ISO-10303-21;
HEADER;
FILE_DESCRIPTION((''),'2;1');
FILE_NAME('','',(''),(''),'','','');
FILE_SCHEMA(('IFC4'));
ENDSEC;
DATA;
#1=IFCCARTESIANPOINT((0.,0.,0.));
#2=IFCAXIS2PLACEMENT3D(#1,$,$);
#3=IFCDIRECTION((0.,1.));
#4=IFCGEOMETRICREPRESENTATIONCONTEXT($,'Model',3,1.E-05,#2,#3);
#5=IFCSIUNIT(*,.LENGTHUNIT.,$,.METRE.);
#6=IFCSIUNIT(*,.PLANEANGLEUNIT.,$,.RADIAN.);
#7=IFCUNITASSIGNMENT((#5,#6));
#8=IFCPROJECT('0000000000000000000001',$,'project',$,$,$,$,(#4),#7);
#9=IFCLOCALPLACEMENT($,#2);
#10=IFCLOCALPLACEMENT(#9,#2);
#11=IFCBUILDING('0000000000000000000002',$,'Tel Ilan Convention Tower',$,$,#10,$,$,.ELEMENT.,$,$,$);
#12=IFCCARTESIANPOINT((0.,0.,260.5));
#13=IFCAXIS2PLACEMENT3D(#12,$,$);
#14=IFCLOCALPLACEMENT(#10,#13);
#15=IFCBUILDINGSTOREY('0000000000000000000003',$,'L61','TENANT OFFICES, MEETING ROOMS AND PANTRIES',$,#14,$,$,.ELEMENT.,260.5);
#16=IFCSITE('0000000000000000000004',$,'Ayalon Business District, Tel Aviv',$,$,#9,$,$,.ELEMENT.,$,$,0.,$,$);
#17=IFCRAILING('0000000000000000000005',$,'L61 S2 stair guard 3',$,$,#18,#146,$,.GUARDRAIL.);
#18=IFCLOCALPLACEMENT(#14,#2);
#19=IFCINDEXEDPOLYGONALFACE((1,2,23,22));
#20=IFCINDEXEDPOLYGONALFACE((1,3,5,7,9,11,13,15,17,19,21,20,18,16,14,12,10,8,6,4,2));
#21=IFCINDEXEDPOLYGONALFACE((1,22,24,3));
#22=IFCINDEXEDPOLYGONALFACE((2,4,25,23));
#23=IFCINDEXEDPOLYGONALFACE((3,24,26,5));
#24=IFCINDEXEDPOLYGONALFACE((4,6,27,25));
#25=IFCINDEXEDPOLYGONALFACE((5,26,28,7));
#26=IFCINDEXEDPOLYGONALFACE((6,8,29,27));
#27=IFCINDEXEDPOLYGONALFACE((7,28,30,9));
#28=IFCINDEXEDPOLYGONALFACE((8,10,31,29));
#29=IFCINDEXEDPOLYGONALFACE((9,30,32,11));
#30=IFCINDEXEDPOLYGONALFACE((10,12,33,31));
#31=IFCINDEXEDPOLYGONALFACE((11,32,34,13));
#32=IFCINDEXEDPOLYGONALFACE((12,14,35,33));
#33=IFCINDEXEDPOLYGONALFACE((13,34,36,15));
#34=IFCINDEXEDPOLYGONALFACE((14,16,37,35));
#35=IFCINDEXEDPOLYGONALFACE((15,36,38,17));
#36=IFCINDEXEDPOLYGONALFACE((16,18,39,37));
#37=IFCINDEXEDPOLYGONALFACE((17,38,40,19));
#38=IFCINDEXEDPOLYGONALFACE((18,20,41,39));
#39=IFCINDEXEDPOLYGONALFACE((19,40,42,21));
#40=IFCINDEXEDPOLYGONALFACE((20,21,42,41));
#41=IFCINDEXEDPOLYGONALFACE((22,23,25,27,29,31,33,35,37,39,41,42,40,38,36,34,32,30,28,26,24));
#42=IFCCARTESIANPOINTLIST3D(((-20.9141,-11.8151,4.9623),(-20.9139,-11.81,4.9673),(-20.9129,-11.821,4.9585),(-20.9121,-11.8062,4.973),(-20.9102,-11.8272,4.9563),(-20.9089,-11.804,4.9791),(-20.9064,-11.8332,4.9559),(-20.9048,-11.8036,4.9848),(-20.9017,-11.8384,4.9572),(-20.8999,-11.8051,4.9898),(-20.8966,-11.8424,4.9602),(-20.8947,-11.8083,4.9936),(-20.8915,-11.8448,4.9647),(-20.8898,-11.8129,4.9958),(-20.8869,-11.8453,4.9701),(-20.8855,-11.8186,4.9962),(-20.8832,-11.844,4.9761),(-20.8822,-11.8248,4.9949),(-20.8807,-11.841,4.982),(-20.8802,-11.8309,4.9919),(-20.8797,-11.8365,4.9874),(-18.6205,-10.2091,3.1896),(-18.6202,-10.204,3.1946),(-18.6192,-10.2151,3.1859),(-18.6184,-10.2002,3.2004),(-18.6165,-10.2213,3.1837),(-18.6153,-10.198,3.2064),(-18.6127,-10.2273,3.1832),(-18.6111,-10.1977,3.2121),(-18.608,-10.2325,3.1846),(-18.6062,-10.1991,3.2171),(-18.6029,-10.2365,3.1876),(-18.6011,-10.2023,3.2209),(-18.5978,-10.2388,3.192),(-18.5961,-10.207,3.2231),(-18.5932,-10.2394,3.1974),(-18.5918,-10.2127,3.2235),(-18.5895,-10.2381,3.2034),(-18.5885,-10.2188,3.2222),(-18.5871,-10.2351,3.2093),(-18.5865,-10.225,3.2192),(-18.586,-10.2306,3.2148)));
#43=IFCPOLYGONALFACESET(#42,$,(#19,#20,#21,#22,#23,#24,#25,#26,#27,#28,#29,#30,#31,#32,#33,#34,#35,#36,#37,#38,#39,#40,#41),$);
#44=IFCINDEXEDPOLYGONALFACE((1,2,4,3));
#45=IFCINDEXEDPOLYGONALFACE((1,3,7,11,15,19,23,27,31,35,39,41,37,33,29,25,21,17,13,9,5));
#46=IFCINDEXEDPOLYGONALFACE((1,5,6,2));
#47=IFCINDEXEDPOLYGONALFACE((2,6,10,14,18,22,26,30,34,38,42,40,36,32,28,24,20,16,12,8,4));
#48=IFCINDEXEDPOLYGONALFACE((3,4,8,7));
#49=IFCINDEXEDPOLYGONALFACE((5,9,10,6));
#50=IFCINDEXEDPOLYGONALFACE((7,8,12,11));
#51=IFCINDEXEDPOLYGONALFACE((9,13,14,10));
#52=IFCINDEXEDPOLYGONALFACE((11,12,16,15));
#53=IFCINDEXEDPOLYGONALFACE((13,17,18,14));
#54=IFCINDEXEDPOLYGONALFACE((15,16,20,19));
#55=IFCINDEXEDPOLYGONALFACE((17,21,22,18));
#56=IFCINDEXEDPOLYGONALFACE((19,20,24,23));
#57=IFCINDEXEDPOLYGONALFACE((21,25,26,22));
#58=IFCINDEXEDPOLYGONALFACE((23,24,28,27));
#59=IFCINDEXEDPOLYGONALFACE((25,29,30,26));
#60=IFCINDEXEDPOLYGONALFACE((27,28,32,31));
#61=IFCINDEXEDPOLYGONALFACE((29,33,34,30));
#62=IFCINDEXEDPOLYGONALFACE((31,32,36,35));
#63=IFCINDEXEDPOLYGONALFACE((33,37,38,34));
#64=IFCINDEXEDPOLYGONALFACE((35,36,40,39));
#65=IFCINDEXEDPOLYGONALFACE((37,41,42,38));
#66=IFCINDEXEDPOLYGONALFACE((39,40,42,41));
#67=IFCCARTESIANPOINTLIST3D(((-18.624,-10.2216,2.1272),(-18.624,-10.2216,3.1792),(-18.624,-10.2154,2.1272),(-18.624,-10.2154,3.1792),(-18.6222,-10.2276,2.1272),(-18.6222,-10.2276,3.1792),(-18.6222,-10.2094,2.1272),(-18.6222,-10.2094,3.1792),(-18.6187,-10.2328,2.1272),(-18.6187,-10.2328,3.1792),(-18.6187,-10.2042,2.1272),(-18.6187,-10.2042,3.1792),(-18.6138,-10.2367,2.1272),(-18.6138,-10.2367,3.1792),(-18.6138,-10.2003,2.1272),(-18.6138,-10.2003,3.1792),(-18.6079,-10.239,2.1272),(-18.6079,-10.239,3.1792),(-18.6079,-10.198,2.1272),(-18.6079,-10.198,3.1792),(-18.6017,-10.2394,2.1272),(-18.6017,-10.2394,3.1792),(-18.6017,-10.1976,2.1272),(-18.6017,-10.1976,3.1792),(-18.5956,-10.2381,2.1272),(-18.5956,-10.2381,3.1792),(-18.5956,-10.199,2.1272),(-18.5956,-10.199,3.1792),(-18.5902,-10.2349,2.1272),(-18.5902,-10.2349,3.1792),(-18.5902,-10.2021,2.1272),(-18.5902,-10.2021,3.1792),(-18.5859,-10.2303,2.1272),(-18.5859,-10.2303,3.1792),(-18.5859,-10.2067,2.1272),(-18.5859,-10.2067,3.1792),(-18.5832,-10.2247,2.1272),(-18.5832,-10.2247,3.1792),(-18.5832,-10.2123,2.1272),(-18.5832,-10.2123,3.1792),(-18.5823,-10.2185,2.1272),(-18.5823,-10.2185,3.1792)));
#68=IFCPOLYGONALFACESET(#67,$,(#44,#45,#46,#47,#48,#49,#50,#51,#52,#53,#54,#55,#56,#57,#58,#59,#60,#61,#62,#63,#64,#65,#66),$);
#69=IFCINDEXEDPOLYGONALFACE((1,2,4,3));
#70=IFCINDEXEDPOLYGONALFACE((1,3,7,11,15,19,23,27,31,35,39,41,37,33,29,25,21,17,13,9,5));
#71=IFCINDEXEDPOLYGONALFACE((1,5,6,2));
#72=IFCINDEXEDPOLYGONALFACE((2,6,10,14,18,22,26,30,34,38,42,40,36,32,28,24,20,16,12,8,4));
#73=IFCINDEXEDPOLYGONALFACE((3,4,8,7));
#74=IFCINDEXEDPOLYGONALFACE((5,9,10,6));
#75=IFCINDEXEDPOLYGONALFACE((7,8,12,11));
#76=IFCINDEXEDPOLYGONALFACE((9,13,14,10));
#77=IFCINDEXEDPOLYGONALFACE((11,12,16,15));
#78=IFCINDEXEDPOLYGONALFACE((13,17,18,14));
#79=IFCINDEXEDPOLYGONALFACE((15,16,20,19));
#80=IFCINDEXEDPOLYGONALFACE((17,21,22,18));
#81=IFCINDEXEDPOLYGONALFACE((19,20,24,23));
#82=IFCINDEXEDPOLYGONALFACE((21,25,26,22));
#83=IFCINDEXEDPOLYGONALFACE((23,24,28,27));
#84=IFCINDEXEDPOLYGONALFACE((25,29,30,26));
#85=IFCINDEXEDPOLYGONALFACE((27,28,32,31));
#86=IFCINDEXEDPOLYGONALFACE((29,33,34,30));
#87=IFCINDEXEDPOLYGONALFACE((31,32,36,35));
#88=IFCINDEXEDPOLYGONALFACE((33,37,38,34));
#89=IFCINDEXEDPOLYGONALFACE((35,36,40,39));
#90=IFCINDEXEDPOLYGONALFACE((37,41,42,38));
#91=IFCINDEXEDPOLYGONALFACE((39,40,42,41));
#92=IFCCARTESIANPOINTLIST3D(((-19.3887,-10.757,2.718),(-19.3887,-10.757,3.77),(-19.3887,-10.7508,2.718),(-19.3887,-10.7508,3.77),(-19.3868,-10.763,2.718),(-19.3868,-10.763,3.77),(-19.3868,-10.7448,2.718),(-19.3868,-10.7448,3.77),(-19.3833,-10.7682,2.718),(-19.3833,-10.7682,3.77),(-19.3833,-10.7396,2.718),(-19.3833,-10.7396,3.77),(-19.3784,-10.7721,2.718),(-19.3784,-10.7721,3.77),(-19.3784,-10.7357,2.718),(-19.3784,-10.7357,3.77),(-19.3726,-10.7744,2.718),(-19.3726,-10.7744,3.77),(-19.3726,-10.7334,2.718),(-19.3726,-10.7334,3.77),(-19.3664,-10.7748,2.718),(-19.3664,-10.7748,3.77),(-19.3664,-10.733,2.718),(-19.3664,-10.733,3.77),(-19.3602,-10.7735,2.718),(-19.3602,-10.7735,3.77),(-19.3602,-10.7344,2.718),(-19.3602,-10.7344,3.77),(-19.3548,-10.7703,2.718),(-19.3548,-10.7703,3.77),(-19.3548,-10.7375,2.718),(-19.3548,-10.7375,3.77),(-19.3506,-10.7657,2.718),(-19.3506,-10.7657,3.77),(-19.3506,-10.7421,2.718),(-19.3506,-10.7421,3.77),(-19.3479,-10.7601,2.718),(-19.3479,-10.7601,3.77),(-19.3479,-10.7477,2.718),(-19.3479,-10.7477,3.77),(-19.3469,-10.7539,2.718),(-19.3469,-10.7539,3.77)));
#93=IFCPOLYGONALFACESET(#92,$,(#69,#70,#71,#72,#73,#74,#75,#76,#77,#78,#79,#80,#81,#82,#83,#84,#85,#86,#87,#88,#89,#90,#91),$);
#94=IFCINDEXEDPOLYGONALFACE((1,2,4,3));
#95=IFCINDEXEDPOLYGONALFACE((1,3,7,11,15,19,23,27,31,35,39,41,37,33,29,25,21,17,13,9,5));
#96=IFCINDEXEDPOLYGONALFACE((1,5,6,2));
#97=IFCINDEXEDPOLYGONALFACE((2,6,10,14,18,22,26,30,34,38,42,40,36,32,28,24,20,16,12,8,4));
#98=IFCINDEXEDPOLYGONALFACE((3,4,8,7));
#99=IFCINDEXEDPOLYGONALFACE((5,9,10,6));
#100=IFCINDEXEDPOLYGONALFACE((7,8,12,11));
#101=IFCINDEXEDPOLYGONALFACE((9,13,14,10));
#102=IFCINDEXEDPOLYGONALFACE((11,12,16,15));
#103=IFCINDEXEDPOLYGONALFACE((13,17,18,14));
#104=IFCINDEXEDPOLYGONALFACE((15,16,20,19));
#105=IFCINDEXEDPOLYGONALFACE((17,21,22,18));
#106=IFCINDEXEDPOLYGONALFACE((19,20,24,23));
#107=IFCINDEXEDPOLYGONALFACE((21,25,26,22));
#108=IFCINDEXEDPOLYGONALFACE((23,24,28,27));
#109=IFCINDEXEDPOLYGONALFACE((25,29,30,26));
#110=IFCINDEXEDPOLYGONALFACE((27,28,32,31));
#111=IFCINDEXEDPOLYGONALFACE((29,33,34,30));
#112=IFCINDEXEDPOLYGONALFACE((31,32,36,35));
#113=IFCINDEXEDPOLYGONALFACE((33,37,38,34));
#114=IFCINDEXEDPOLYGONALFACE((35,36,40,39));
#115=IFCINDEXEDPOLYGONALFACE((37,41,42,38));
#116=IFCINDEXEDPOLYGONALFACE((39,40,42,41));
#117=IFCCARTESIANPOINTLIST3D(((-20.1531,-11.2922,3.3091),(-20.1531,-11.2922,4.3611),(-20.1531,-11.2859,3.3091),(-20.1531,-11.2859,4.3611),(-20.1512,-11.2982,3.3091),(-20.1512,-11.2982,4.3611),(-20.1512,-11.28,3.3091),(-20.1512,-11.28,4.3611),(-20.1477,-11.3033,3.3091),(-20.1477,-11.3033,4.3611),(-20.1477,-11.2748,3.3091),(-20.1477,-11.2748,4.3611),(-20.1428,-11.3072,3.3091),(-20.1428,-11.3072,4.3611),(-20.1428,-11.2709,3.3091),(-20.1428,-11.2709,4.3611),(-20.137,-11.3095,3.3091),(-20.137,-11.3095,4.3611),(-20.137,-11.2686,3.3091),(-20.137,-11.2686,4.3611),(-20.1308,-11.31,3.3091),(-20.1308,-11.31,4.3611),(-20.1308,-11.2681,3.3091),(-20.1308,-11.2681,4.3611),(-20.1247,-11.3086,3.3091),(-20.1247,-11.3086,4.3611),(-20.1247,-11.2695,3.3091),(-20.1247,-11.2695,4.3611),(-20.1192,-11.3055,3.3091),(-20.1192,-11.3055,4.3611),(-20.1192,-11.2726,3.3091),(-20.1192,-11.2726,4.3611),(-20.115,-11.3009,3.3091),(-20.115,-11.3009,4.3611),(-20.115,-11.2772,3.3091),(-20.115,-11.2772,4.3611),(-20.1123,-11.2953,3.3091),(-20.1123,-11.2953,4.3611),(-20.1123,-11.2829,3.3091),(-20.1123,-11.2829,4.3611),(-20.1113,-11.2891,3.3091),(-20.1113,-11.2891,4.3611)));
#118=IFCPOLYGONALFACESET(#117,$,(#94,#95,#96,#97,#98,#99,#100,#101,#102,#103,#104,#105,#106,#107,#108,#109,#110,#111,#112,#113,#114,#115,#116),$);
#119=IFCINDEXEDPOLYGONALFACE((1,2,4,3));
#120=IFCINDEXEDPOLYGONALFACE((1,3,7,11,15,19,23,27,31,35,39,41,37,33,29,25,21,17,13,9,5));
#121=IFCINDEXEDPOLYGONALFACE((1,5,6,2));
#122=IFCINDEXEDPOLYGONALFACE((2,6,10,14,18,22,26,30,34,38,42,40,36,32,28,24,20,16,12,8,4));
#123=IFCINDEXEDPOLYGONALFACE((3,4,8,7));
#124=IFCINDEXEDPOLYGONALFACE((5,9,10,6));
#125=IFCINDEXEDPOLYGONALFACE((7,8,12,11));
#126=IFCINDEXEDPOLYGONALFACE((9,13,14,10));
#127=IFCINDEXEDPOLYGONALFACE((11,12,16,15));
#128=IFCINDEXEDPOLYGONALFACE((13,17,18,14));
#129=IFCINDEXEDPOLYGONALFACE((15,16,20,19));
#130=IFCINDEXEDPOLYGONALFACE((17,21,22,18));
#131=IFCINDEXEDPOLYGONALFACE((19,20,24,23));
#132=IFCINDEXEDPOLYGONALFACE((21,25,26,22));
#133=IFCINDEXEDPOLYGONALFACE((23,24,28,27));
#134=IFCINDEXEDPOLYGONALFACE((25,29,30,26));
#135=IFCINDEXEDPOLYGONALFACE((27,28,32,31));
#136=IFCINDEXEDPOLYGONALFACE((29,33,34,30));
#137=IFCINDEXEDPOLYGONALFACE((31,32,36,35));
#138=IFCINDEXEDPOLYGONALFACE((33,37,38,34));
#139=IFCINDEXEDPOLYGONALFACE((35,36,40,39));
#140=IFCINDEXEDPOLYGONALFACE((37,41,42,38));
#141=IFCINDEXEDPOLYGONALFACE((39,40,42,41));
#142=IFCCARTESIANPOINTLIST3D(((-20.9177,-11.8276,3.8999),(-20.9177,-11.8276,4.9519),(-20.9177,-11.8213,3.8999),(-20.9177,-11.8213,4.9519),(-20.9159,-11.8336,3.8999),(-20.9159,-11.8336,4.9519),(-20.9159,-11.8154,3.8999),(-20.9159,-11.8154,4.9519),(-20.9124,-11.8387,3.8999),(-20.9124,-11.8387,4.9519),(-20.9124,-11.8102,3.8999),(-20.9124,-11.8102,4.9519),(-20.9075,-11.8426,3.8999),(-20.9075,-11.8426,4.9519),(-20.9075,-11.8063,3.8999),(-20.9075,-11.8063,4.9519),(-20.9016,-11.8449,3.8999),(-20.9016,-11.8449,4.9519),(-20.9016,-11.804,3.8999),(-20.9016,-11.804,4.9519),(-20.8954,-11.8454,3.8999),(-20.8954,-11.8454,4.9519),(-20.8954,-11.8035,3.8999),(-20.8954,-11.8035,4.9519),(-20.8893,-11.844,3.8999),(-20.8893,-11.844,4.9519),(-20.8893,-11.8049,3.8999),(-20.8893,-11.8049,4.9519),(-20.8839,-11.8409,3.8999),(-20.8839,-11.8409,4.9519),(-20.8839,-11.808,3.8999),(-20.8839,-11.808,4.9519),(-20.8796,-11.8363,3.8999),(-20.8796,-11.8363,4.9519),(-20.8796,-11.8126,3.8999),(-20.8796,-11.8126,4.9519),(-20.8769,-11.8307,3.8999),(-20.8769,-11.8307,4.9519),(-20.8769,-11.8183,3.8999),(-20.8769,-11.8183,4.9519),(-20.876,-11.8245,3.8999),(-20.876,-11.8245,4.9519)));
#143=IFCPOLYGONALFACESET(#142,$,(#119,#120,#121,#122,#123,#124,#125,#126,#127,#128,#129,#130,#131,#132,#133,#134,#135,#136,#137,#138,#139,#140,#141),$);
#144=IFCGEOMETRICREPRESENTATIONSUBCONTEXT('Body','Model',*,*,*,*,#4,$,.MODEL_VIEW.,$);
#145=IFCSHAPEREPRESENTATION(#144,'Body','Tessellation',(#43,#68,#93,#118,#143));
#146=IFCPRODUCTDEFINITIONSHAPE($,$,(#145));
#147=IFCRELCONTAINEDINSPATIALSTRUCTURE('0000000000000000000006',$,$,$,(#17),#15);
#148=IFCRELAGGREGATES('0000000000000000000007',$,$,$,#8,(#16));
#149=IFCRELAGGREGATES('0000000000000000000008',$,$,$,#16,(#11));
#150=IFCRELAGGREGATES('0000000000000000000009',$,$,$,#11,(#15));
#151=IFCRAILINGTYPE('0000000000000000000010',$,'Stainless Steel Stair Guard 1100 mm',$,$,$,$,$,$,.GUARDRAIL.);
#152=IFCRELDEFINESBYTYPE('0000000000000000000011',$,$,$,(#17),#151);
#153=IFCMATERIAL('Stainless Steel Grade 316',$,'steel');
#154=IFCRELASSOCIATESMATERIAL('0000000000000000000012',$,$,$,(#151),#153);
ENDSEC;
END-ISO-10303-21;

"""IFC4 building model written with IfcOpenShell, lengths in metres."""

from ifc_helpers import new_model, si_unit, direction, frame, origin, origin_2d, place, context, subcontext, project, spatial, circle, extrude, material, type_object, element, save


model = new_model("IFC4")

# Units and contexts
model_context = context("Model", 3, precision=1e-05, world=origin(), true_north=direction((0.0, 1.0)))
body_context = subcontext(model_context, "Body", "Model", "MODEL_VIEW")
ifc_project = project(units=[si_unit("LENGTHUNIT", "METRE"), si_unit("PLANEANGLEUNIT", "RADIAN")], contexts=[model_context])

# Site, building, storey
site_placement = place(None, origin())
site = spatial("IfcSite", under=ifc_project, at=site_placement, Name="Ayalon Business District, Tel Aviv", CompositionType="ELEMENT", RefElevation=0.0)
building_placement = place(site_placement, origin())
building = spatial("IfcBuilding", under=site, at=building_placement, Name="Tel Ilan Convention Tower", CompositionType="ELEMENT")
storey_placement = place(building_placement, frame((0.0, 0.0, 260.5)))
storey = spatial("IfcBuildingStorey", under=building, at=storey_placement, Name="L61", Description="TENANT OFFICES, MEETING ROOMS AND PANTRIES", CompositionType="ELEMENT", Elevation=260.5)

# Railing
ifc_material_1 = material(Name="Stainless Steel Grade 316", Category="steel")
railing_type_1 = type_object("IfcRailingType", Name="Stainless Steel Stair Guard 1100 mm", PredefinedType="GUARDRAIL", material=ifc_material_1)
railing_1_placement = place(storey_placement, frame((-18.6033, -10.2185, 2.1272)))
element("IfcRailing", 1, at=railing_1_placement, inside=storey, type_object=railing_type_1, Name="L61 S2 stair guard 3", PredefinedType="GUARDRAIL", context=body_context, shape_type="SweptSolid", body=[
    extrude(circle(Radius=0.0239, at=origin_2d()), frame((0.0, 0.0, 1.0762), z_axis=(-0.692123, -0.484597, 0.534913), x_axis=(0.57355, -0.81917, 0.0)), (0.0, 0.0, 1.0), 3.314),
    extrude(circle(Radius=0.021, at=origin_2d()), origin(), (0.0, 0.0, 1.0), 1.052),
    extrude(circle(Radius=0.021, at=origin_2d()), frame((-0.7646, -0.5354, 0.5908)), (0.0, 0.0, 1.0), 1.052),
    extrude(circle(Radius=0.021, at=origin_2d()), frame((-1.5291, -1.0706, 1.1819)), (0.0, 0.0, 1.0), 1.052),
    extrude(circle(Radius=0.021, at=origin_2d()), frame((-2.2937, -1.606, 1.7727)), (0.0, 0.0, 1.0), 1.052),
])

save(model, "model.ifc")
